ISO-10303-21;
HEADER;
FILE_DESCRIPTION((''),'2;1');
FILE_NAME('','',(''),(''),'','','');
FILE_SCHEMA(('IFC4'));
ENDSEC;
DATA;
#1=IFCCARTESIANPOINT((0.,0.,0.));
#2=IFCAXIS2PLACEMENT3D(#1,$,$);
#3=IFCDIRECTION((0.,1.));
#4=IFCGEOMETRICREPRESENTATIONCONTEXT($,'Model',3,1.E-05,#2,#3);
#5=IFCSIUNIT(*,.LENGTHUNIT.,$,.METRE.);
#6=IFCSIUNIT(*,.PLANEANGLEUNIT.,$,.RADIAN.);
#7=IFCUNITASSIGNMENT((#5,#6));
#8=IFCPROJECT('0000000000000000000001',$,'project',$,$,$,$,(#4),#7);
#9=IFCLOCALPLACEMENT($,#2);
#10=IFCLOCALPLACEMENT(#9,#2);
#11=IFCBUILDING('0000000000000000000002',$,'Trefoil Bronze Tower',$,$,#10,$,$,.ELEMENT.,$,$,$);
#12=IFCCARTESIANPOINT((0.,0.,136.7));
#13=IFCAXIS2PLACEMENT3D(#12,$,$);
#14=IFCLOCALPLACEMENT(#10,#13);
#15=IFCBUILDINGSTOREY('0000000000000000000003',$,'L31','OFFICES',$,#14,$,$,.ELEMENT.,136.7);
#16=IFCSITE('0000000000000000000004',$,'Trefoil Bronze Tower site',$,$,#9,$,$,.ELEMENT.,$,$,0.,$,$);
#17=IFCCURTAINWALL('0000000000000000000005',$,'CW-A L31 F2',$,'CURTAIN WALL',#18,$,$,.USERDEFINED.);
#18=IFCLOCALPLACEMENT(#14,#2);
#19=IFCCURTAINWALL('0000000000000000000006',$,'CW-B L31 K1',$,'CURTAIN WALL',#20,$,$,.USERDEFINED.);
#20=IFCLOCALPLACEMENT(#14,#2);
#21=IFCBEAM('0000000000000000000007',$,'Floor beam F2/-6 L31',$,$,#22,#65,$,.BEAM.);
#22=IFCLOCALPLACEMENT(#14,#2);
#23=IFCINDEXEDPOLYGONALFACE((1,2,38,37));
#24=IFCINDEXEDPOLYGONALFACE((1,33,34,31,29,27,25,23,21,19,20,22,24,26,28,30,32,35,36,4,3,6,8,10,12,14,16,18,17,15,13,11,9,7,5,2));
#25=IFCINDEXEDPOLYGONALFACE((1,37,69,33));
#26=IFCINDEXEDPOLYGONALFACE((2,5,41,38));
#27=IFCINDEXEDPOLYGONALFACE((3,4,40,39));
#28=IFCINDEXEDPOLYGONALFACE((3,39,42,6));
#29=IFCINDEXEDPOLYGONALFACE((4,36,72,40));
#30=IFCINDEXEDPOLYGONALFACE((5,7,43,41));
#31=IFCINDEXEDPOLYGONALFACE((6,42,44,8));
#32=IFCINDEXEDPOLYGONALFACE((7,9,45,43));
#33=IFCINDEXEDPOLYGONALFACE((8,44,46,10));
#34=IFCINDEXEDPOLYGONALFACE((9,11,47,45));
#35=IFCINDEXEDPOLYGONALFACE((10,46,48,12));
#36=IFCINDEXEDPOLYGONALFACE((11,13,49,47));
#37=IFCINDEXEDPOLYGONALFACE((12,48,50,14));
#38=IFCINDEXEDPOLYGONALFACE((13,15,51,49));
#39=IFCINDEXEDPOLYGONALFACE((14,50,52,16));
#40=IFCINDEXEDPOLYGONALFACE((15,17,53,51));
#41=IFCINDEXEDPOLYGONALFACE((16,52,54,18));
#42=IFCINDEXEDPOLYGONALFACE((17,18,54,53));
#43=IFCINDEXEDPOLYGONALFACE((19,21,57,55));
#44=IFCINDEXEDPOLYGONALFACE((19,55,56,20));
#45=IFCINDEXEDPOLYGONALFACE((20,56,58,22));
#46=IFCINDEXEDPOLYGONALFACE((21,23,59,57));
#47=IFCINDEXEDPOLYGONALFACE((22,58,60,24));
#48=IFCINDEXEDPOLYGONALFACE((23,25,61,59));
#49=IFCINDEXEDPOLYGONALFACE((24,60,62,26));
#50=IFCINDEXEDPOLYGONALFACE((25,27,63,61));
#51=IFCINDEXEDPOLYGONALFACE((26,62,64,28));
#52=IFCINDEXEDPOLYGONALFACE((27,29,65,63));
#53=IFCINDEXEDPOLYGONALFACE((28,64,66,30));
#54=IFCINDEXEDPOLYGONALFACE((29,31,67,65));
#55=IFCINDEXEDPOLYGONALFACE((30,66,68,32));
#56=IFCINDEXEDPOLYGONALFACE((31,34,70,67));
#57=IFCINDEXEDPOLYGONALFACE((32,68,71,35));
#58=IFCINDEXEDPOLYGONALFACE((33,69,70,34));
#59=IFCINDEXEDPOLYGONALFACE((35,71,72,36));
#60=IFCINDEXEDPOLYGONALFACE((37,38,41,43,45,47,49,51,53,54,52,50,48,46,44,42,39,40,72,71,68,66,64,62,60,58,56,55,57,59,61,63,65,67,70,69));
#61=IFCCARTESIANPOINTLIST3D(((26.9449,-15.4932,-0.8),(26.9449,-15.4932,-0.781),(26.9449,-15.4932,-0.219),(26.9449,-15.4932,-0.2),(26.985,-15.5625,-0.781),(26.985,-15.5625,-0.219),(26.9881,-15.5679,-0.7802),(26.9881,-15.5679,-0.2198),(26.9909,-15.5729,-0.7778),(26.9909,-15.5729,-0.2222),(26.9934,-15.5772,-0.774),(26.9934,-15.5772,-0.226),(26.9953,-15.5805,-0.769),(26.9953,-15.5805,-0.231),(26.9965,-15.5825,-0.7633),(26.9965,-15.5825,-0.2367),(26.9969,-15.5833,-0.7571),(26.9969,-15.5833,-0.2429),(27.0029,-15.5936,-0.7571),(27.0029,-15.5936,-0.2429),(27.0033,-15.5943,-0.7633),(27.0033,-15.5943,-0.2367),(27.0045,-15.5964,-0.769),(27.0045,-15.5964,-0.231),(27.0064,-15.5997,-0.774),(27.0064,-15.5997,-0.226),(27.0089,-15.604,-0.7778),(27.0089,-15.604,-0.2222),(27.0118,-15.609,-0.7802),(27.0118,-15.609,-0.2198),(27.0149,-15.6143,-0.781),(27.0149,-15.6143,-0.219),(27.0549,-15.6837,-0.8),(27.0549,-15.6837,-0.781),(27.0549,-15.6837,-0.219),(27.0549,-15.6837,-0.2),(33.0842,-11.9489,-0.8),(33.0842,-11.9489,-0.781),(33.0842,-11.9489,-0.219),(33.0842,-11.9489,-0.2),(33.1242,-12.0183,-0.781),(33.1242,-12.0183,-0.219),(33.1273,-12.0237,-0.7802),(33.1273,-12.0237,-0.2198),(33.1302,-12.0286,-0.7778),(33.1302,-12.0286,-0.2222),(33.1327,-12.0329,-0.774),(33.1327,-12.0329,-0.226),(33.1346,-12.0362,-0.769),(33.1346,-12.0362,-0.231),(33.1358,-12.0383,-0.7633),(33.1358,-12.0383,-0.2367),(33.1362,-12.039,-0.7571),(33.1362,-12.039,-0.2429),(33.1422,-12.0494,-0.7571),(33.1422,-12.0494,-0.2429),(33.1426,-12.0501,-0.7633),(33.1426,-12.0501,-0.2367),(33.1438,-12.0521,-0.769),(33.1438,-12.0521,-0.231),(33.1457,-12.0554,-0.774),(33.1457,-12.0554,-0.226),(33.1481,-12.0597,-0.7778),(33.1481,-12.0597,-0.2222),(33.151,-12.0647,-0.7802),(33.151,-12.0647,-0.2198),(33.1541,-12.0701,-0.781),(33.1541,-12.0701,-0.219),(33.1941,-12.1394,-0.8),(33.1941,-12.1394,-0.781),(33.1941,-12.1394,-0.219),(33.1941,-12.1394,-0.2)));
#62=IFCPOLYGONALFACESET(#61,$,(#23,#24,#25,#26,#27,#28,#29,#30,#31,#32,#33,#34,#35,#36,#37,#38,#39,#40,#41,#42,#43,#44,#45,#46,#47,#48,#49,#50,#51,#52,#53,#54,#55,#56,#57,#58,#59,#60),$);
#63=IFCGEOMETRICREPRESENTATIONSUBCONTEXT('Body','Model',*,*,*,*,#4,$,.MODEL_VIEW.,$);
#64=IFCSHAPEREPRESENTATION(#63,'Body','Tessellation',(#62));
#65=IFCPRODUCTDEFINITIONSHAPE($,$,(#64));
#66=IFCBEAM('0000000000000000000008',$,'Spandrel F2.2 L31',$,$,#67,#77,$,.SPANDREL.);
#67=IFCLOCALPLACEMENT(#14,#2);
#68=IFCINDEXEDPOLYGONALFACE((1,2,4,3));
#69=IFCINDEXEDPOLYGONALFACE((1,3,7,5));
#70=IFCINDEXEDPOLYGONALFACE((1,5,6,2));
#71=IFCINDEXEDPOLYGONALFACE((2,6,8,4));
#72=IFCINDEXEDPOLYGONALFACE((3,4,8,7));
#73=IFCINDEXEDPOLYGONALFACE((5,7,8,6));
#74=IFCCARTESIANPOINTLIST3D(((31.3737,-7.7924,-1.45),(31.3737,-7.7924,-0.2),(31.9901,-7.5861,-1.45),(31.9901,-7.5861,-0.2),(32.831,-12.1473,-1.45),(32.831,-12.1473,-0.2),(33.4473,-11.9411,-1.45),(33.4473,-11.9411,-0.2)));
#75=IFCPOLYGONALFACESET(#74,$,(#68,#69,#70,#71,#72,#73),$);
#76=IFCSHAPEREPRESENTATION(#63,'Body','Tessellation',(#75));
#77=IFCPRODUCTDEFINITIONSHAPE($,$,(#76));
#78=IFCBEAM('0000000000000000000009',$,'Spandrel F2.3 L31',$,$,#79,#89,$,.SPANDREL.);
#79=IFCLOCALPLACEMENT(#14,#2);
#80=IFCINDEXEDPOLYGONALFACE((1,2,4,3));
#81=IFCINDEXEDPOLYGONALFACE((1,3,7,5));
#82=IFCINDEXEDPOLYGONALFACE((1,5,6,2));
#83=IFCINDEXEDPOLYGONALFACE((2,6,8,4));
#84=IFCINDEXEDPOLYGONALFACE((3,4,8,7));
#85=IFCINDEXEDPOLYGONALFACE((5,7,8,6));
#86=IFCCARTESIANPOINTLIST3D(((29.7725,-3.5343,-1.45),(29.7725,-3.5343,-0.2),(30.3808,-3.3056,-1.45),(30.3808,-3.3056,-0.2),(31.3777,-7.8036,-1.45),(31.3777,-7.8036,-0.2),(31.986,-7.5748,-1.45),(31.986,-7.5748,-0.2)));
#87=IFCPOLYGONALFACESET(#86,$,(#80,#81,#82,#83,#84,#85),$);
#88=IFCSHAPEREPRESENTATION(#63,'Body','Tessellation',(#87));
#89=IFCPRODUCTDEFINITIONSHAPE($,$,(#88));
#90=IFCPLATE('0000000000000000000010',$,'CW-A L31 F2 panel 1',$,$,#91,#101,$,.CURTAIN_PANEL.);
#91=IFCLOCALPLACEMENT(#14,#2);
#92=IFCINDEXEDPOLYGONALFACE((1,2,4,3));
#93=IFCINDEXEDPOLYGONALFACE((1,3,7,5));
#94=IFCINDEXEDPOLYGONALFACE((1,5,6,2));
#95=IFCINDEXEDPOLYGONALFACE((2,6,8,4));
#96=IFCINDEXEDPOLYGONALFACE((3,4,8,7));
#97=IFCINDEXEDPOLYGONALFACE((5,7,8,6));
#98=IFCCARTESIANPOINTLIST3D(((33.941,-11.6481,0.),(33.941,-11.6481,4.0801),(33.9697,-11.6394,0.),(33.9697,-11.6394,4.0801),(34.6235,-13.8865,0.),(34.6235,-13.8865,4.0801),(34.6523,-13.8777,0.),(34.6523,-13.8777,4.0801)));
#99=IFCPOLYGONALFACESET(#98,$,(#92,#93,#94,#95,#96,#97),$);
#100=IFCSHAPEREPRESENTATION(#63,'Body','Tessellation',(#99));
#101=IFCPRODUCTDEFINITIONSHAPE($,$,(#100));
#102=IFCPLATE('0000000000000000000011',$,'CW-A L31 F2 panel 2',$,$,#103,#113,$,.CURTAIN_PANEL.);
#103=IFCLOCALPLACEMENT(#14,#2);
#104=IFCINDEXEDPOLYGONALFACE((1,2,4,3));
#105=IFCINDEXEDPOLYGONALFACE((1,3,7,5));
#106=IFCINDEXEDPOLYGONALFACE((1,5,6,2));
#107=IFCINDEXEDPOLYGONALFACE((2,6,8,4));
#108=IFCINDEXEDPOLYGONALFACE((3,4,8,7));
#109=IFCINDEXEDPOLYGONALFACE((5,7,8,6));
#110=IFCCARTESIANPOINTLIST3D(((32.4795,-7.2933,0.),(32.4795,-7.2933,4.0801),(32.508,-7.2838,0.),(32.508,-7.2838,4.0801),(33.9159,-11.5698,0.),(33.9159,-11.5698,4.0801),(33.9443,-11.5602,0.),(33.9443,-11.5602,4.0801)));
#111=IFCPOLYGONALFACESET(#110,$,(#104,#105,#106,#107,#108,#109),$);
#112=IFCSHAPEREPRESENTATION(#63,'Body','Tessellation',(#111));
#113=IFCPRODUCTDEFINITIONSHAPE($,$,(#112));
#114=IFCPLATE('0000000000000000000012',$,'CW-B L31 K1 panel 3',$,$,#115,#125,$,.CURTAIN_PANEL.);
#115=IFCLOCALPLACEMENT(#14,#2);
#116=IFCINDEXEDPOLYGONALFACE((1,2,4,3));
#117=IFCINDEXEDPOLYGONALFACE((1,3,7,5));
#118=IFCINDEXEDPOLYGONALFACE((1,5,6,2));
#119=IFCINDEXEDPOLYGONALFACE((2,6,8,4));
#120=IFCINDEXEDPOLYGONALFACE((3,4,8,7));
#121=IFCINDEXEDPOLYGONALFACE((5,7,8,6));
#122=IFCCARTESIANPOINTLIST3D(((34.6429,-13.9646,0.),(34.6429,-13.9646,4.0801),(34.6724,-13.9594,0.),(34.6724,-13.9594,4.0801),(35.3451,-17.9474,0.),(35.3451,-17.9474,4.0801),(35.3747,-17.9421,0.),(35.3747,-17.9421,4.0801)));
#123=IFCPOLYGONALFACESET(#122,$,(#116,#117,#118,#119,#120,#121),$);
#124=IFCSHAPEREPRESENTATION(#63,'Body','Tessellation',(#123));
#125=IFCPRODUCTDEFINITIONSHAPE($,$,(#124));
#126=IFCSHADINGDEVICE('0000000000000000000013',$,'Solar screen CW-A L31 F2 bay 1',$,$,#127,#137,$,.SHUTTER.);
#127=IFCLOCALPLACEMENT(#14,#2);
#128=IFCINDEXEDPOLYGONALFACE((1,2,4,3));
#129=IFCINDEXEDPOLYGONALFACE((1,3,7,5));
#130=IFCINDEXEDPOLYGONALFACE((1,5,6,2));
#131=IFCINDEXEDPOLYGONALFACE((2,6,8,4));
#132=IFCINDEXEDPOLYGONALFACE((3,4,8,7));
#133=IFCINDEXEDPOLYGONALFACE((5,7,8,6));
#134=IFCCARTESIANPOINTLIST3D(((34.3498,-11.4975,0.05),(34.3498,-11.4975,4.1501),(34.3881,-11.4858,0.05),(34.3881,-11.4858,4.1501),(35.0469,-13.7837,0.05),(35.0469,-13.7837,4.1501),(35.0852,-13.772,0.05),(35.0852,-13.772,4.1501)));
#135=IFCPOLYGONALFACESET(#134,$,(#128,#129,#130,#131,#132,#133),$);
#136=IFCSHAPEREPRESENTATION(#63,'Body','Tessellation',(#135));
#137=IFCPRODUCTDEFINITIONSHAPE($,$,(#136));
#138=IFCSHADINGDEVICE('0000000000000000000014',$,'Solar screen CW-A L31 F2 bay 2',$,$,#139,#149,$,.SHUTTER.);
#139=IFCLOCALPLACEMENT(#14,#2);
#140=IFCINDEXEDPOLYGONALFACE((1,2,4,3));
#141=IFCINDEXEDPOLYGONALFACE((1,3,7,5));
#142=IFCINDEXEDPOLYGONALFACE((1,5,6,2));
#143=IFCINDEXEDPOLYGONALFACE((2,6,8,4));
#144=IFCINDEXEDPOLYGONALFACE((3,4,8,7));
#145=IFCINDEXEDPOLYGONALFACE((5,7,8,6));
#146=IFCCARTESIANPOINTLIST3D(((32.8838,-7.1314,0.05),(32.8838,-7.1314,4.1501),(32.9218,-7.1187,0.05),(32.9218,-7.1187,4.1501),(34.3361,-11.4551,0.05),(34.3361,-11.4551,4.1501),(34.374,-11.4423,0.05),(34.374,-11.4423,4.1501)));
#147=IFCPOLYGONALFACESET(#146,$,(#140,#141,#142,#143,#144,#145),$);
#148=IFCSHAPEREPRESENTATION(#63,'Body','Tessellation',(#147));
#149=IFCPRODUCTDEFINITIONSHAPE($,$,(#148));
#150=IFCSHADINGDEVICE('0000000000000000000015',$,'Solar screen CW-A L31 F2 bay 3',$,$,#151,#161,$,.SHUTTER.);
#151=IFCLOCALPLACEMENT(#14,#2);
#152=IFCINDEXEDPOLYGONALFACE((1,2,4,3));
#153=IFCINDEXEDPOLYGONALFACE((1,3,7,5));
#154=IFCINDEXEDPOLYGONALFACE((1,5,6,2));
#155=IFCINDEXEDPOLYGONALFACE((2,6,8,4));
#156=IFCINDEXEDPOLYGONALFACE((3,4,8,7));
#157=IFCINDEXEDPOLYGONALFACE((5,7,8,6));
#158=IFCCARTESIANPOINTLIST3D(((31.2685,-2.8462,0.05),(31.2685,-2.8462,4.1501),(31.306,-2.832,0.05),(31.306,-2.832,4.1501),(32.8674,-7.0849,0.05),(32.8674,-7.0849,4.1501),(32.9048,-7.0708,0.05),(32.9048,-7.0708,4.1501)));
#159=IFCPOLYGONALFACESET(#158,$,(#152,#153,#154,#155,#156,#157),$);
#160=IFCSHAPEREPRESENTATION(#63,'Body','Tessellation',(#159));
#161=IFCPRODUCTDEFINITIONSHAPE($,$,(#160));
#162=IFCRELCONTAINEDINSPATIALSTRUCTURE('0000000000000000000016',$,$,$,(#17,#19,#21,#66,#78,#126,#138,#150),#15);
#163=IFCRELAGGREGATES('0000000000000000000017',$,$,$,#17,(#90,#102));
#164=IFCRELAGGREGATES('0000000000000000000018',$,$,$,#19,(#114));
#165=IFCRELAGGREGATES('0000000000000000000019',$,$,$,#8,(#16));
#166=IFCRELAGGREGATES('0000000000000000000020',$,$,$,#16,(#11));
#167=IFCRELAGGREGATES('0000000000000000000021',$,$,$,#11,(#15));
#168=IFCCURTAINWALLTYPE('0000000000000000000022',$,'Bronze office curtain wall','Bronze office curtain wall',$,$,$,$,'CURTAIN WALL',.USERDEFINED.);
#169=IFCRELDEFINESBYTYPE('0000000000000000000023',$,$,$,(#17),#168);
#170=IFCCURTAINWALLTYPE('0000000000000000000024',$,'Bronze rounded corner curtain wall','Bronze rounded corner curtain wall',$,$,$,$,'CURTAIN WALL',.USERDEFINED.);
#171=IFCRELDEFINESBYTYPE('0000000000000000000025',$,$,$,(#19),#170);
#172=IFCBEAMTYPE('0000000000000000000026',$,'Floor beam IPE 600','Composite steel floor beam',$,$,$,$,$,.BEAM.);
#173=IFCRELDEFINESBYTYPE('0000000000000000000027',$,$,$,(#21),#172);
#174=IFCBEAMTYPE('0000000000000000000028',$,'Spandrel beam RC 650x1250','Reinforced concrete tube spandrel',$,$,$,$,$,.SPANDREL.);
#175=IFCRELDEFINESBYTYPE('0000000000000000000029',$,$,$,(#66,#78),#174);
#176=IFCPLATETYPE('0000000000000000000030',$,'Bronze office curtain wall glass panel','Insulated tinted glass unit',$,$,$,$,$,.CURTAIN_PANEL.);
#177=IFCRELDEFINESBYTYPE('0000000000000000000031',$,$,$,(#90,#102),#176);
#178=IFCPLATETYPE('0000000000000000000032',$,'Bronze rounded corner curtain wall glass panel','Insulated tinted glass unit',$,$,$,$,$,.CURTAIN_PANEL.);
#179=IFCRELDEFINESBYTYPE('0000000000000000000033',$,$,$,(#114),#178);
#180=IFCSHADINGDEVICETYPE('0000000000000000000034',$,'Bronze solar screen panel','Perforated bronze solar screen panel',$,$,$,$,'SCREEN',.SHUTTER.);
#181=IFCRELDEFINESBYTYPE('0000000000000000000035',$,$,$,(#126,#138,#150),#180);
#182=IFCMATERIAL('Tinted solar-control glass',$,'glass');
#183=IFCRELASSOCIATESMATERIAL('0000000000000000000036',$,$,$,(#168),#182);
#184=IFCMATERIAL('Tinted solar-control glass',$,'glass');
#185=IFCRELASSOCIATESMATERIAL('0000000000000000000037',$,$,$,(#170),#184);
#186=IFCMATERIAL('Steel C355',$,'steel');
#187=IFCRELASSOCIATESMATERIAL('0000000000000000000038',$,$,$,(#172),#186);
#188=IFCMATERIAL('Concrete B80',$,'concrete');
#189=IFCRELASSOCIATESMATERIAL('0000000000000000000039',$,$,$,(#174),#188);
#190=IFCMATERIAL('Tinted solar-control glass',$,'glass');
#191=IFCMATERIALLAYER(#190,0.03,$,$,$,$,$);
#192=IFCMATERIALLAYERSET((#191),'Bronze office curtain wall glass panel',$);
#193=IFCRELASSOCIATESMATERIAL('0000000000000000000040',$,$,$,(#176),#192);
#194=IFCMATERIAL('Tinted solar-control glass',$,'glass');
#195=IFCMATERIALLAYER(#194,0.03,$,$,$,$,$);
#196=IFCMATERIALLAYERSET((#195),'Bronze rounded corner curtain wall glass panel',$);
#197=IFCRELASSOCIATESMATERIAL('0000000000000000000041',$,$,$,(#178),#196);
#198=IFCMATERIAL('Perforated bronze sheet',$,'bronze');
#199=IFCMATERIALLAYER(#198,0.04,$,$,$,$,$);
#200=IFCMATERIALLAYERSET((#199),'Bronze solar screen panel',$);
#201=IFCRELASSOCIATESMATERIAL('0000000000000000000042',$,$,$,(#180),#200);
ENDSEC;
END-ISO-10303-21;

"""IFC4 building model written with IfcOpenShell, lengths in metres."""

from ifc_helpers import new_model, si_unit, direction, frame, origin, origin_2d, place, context, subcontext, project, spatial, rectangle, i_section, extrude, material, layer, layer_set, material_profile, profile_set, type_object, element, aggregate, save


model = new_model("IFC4")

# Units and contexts
model_context = context("Model", 3, precision=1e-05, world=origin(), true_north=direction((0.0, 1.0)))
body_context = subcontext(model_context, "Body", "Model", "MODEL_VIEW")
ifc_project = project(units=[si_unit("LENGTHUNIT", "METRE"), si_unit("PLANEANGLEUNIT", "RADIAN")], contexts=[model_context])

# Site, building, storey
site_placement = place(None, origin())
site = spatial("IfcSite", under=ifc_project, at=site_placement, Name="Trefoil Bronze Tower site", CompositionType="ELEMENT", RefElevation=0.0)
building_placement = place(site_placement, origin())
building = spatial("IfcBuilding", under=site, at=building_placement, Name="Trefoil Bronze Tower", CompositionType="ELEMENT")
storey_placement = place(building_placement, frame((0.0, 0.0, 136.7)))
storey = spatial("IfcBuildingStorey", under=building, at=storey_placement, Name="L31", Description="OFFICES", CompositionType="ELEMENT", Elevation=136.7)

# Curtain wall
ifc_material_1 = material(Name="Tinted solar-control glass", Category="glass")
curtain_wall_type_1 = type_object("IfcCurtainWallType", Name="Bronze office curtain wall", Description="Bronze office curtain wall", ElementType="CURTAIN WALL", PredefinedType="USERDEFINED", material=ifc_material_1)
curtain_wall_1_placement = place(storey_placement, origin())
curtain_wall_1 = element("IfcCurtainWall", 1, at=curtain_wall_1_placement, inside=storey, type_object=curtain_wall_type_1, Name="CW-A L31 F2", ObjectType="CURTAIN WALL", PredefinedType="USERDEFINED")

# Curtain wall
ifc_material_2 = material(Name="Tinted solar-control glass", Category="glass")
curtain_wall_type_2 = type_object("IfcCurtainWallType", Name="Bronze rounded corner curtain wall", Description="Bronze rounded corner curtain wall", ElementType="CURTAIN WALL", PredefinedType="USERDEFINED", material=ifc_material_2)
curtain_wall_2_placement = place(storey_placement, origin())
curtain_wall_2 = element("IfcCurtainWall", 2, at=curtain_wall_2_placement, inside=storey, type_object=curtain_wall_type_2, Name="CW-B L31 K1", ObjectType="CURTAIN WALL", PredefinedType="USERDEFINED")

# Beams
ifc_material_3 = material(Name="Steel C355", Category="steel")
ifc_material_profile_1 = material_profile(ifc_material_3, i_section(OverallWidth=0.22, OverallDepth=0.6001, WebThickness=0.012, FlangeThickness=0.019, FilletRadius=0.0239, at=origin_2d()), Name="IPE 600")
ifc_profile_set_1 = profile_set([ifc_material_profile_1], Name="Steel C355")
beam_type_1 = type_object("IfcBeamType", Name="Floor beam IPE 600", Description="Composite steel floor beam", PredefinedType="BEAM", material=ifc_profile_set_1)
beam_1_placement = place(storey_placement, frame((33.1392, -12.0442, -0.5), z_axis=(-0.866041, -0.499973, 0.0), x_axis=(0.499973, -0.866041, 0.0)))
element("IfcBeam", 3, at=beam_1_placement, inside=storey, type_object=beam_type_1, Name="Floor beam F2/-6 L31", PredefinedType="BEAM", context=body_context, shape_type="SweptSolid", body=[
    extrude(i_section(OverallWidth=0.22, OverallDepth=0.6001, WebThickness=0.012, FlangeThickness=0.019, FilletRadius=0.0239, at=origin_2d()), origin(), (0.0, 0.0, 1.0), 7.0889),
])
ifc_material_4 = material(Name="Concrete B80", Category="concrete")
ifc_material_profile_2 = material_profile(ifc_material_4, rectangle(XDim=0.6499, YDim=1.25, at=origin_2d()), Name="RC 650x1250")
ifc_profile_set_2 = profile_set([ifc_material_profile_2], Name="Concrete B80")
beam_type_2 = type_object("IfcBeamType", Name="Spandrel beam RC 650x1250", Description="Reinforced concrete tube spandrel", PredefinedType="SPANDREL", material=ifc_profile_set_2)
beam_2_placement = place(storey_placement, frame((33.1392, -12.0442, -0.825), z_axis=(-0.317328, 0.948316, 0.0), x_axis=(-0.948316, -0.317328, 0.0)))
element("IfcBeam", 4, at=beam_2_placement, inside=storey, type_object=beam_type_2, Name="Spandrel F2.2 L31", PredefinedType="SPANDREL", context=body_context, shape_type="SweptSolid", body=[
    extrude(rectangle(XDim=0.6499, YDim=1.25, at=origin_2d()), origin(), (0.0, 0.0, 1.0), 4.5923),
])
beam_3_placement = place(storey_placement, frame((31.6819, -7.6892, -0.825), z_axis=(-0.351939, 0.936023, 0.0), x_axis=(-0.936023, -0.351939, 0.0)))
element("IfcBeam", 5, at=beam_3_placement, inside=storey, type_object=beam_type_2, Name="Spandrel F2.3 L31", PredefinedType="SPANDREL", context=body_context, shape_type="SweptSolid", body=[
    extrude(rectangle(XDim=0.6499, YDim=1.25, at=origin_2d()), origin(), (0.0, 0.0, 1.0), 4.561),
])

# Plates
ifc_material_5 = material(Name="Tinted solar-control glass", Category="glass")
ifc_layer_1 = layer(ifc_material_5, 0.03)
ifc_layer_set_1 = layer_set([ifc_layer_1], Name="Bronze office curtain wall glass panel")
plate_type_1 = type_object("IfcPlateType", Name="Bronze office curtain wall glass panel", Description="Insulated tinted glass unit", PredefinedType="CURTAIN_PANEL", material=ifc_layer_set_1)
plate_1_placement = place(storey_placement, frame((34.2966, -12.7629, 0.0), z_axis=(0.0, 0.0, 1.0), x_axis=(-0.291669, 0.956519, 0.0)))
plate_1 = element("IfcPlate", 6, at=plate_1_placement, type_object=plate_type_1, Name="CW-A L31 F2 panel 1", PredefinedType="CURTAIN_PANEL", context=body_context, shape_type="SweptSolid", body=[
    extrude(rectangle(XDim=2.3401, YDim=0.03, at=origin_2d()), origin(), (0.0, 0.0, 1.0), 4.0801),
])
plate_2_placement = place(storey_placement, frame((33.2119, -9.4268, 0.0), z_axis=(0.0, 0.0, 1.0), x_axis=(-0.318404, 0.947955, 0.0)))
plate_2 = element("IfcPlate", 7, at=plate_2_placement, type_object=plate_type_1, Name="CW-A L31 F2 panel 2", PredefinedType="CURTAIN_PANEL", context=body_context, shape_type="SweptSolid", body=[
    extrude(rectangle(XDim=4.5112, YDim=0.03, at=origin_2d()), origin(), (0.0, 0.0, 1.0), 4.0801),
])
aggregate(curtain_wall_1, [plate_1, plate_2])
ifc_material_6 = material(Name="Tinted solar-control glass", Category="glass")
ifc_layer_2 = layer(ifc_material_6, 0.03)
ifc_layer_set_2 = layer_set([ifc_layer_2], Name="Bronze rounded corner curtain wall glass panel")
plate_type_2 = type_object("IfcPlateType", Name="Bronze rounded corner curtain wall glass panel", Description="Insulated tinted glass unit", PredefinedType="CURTAIN_PANEL", material=ifc_layer_set_2)
plate_3_placement = place(storey_placement, frame((35.0088, -15.9534, 0.0), z_axis=(0.0, 0.0, 1.0), x_axis=(-0.173648, 0.984808, 0.0)))
plate_3 = element("IfcPlate", 8, at=plate_3_placement, type_object=plate_type_2, Name="CW-B L31 K1 panel 3", PredefinedType="CURTAIN_PANEL", context=body_context, shape_type="SweptSolid", body=[
    extrude(rectangle(XDim=4.0442, YDim=0.03, at=origin_2d()), origin(), (0.0, 0.0, 1.0), 4.0801),
])
aggregate(curtain_wall_2, [plate_3])

# Shading devices
ifc_material_7 = material(Name="Perforated bronze sheet", Category="bronze")
ifc_layer_3 = layer(ifc_material_7, 0.04)
ifc_layer_set_3 = layer_set([ifc_layer_3], Name="Bronze solar screen panel")
shading_device_type = type_object("IfcShadingDeviceType", Name="Bronze solar screen panel", Description="Perforated bronze solar screen panel", ElementType="SCREEN", PredefinedType="SHUTTER", material=ifc_layer_set_3)
shading_device_1_placement = place(storey_placement, frame((34.7175, -12.6348, 0.05), z_axis=(0.0, 0.0, 1.0), x_axis=(-0.291669, 0.956519, 0.0)))
element("IfcShadingDevice", 9, at=shading_device_1_placement, inside=storey, type_object=shading_device_type, Name="Solar screen CW-A L31 F2 bay 1", PredefinedType="SHUTTER", context=body_context, shape_type="SweptSolid", body=[
    extrude(rectangle(XDim=2.3901, YDim=0.04, at=origin_2d()), origin(), (0.0, 0.0, 1.0), 4.1001),
])
shading_device_2_placement = place(storey_placement, frame((33.6289, -9.2869, 0.05), z_axis=(0.0, 0.0, 1.0), x_axis=(-0.318404, 0.947955, 0.0)))
element("IfcShadingDevice", 10, at=shading_device_2_placement, inside=storey, type_object=shading_device_type, Name="Solar screen CW-A L31 F2 bay 2", PredefinedType="SHUTTER", context=body_context, shape_type="SweptSolid", body=[
    extrude(rectangle(XDim=4.561, YDim=0.04, at=origin_2d()), origin(), (0.0, 0.0, 1.0), 4.1001),
])
shading_device_3_placement = place(storey_placement, frame((32.0867, -4.9585, 0.05), z_axis=(0.0, 0.0, 1.0), x_axis=(-0.35292, 0.935654, 0.0)))
element("IfcShadingDevice", 11, at=shading_device_3_placement, inside=storey, type_object=shading_device_type, Name="Solar screen CW-A L31 F2 bay 3", PredefinedType="SHUTTER", context=body_context, shape_type="SweptSolid", body=[
    extrude(rectangle(XDim=4.5303, YDim=0.04, at=origin_2d()), origin(), (0.0, 0.0, 1.0), 4.1001),
])

save(model, "model.ifc")
